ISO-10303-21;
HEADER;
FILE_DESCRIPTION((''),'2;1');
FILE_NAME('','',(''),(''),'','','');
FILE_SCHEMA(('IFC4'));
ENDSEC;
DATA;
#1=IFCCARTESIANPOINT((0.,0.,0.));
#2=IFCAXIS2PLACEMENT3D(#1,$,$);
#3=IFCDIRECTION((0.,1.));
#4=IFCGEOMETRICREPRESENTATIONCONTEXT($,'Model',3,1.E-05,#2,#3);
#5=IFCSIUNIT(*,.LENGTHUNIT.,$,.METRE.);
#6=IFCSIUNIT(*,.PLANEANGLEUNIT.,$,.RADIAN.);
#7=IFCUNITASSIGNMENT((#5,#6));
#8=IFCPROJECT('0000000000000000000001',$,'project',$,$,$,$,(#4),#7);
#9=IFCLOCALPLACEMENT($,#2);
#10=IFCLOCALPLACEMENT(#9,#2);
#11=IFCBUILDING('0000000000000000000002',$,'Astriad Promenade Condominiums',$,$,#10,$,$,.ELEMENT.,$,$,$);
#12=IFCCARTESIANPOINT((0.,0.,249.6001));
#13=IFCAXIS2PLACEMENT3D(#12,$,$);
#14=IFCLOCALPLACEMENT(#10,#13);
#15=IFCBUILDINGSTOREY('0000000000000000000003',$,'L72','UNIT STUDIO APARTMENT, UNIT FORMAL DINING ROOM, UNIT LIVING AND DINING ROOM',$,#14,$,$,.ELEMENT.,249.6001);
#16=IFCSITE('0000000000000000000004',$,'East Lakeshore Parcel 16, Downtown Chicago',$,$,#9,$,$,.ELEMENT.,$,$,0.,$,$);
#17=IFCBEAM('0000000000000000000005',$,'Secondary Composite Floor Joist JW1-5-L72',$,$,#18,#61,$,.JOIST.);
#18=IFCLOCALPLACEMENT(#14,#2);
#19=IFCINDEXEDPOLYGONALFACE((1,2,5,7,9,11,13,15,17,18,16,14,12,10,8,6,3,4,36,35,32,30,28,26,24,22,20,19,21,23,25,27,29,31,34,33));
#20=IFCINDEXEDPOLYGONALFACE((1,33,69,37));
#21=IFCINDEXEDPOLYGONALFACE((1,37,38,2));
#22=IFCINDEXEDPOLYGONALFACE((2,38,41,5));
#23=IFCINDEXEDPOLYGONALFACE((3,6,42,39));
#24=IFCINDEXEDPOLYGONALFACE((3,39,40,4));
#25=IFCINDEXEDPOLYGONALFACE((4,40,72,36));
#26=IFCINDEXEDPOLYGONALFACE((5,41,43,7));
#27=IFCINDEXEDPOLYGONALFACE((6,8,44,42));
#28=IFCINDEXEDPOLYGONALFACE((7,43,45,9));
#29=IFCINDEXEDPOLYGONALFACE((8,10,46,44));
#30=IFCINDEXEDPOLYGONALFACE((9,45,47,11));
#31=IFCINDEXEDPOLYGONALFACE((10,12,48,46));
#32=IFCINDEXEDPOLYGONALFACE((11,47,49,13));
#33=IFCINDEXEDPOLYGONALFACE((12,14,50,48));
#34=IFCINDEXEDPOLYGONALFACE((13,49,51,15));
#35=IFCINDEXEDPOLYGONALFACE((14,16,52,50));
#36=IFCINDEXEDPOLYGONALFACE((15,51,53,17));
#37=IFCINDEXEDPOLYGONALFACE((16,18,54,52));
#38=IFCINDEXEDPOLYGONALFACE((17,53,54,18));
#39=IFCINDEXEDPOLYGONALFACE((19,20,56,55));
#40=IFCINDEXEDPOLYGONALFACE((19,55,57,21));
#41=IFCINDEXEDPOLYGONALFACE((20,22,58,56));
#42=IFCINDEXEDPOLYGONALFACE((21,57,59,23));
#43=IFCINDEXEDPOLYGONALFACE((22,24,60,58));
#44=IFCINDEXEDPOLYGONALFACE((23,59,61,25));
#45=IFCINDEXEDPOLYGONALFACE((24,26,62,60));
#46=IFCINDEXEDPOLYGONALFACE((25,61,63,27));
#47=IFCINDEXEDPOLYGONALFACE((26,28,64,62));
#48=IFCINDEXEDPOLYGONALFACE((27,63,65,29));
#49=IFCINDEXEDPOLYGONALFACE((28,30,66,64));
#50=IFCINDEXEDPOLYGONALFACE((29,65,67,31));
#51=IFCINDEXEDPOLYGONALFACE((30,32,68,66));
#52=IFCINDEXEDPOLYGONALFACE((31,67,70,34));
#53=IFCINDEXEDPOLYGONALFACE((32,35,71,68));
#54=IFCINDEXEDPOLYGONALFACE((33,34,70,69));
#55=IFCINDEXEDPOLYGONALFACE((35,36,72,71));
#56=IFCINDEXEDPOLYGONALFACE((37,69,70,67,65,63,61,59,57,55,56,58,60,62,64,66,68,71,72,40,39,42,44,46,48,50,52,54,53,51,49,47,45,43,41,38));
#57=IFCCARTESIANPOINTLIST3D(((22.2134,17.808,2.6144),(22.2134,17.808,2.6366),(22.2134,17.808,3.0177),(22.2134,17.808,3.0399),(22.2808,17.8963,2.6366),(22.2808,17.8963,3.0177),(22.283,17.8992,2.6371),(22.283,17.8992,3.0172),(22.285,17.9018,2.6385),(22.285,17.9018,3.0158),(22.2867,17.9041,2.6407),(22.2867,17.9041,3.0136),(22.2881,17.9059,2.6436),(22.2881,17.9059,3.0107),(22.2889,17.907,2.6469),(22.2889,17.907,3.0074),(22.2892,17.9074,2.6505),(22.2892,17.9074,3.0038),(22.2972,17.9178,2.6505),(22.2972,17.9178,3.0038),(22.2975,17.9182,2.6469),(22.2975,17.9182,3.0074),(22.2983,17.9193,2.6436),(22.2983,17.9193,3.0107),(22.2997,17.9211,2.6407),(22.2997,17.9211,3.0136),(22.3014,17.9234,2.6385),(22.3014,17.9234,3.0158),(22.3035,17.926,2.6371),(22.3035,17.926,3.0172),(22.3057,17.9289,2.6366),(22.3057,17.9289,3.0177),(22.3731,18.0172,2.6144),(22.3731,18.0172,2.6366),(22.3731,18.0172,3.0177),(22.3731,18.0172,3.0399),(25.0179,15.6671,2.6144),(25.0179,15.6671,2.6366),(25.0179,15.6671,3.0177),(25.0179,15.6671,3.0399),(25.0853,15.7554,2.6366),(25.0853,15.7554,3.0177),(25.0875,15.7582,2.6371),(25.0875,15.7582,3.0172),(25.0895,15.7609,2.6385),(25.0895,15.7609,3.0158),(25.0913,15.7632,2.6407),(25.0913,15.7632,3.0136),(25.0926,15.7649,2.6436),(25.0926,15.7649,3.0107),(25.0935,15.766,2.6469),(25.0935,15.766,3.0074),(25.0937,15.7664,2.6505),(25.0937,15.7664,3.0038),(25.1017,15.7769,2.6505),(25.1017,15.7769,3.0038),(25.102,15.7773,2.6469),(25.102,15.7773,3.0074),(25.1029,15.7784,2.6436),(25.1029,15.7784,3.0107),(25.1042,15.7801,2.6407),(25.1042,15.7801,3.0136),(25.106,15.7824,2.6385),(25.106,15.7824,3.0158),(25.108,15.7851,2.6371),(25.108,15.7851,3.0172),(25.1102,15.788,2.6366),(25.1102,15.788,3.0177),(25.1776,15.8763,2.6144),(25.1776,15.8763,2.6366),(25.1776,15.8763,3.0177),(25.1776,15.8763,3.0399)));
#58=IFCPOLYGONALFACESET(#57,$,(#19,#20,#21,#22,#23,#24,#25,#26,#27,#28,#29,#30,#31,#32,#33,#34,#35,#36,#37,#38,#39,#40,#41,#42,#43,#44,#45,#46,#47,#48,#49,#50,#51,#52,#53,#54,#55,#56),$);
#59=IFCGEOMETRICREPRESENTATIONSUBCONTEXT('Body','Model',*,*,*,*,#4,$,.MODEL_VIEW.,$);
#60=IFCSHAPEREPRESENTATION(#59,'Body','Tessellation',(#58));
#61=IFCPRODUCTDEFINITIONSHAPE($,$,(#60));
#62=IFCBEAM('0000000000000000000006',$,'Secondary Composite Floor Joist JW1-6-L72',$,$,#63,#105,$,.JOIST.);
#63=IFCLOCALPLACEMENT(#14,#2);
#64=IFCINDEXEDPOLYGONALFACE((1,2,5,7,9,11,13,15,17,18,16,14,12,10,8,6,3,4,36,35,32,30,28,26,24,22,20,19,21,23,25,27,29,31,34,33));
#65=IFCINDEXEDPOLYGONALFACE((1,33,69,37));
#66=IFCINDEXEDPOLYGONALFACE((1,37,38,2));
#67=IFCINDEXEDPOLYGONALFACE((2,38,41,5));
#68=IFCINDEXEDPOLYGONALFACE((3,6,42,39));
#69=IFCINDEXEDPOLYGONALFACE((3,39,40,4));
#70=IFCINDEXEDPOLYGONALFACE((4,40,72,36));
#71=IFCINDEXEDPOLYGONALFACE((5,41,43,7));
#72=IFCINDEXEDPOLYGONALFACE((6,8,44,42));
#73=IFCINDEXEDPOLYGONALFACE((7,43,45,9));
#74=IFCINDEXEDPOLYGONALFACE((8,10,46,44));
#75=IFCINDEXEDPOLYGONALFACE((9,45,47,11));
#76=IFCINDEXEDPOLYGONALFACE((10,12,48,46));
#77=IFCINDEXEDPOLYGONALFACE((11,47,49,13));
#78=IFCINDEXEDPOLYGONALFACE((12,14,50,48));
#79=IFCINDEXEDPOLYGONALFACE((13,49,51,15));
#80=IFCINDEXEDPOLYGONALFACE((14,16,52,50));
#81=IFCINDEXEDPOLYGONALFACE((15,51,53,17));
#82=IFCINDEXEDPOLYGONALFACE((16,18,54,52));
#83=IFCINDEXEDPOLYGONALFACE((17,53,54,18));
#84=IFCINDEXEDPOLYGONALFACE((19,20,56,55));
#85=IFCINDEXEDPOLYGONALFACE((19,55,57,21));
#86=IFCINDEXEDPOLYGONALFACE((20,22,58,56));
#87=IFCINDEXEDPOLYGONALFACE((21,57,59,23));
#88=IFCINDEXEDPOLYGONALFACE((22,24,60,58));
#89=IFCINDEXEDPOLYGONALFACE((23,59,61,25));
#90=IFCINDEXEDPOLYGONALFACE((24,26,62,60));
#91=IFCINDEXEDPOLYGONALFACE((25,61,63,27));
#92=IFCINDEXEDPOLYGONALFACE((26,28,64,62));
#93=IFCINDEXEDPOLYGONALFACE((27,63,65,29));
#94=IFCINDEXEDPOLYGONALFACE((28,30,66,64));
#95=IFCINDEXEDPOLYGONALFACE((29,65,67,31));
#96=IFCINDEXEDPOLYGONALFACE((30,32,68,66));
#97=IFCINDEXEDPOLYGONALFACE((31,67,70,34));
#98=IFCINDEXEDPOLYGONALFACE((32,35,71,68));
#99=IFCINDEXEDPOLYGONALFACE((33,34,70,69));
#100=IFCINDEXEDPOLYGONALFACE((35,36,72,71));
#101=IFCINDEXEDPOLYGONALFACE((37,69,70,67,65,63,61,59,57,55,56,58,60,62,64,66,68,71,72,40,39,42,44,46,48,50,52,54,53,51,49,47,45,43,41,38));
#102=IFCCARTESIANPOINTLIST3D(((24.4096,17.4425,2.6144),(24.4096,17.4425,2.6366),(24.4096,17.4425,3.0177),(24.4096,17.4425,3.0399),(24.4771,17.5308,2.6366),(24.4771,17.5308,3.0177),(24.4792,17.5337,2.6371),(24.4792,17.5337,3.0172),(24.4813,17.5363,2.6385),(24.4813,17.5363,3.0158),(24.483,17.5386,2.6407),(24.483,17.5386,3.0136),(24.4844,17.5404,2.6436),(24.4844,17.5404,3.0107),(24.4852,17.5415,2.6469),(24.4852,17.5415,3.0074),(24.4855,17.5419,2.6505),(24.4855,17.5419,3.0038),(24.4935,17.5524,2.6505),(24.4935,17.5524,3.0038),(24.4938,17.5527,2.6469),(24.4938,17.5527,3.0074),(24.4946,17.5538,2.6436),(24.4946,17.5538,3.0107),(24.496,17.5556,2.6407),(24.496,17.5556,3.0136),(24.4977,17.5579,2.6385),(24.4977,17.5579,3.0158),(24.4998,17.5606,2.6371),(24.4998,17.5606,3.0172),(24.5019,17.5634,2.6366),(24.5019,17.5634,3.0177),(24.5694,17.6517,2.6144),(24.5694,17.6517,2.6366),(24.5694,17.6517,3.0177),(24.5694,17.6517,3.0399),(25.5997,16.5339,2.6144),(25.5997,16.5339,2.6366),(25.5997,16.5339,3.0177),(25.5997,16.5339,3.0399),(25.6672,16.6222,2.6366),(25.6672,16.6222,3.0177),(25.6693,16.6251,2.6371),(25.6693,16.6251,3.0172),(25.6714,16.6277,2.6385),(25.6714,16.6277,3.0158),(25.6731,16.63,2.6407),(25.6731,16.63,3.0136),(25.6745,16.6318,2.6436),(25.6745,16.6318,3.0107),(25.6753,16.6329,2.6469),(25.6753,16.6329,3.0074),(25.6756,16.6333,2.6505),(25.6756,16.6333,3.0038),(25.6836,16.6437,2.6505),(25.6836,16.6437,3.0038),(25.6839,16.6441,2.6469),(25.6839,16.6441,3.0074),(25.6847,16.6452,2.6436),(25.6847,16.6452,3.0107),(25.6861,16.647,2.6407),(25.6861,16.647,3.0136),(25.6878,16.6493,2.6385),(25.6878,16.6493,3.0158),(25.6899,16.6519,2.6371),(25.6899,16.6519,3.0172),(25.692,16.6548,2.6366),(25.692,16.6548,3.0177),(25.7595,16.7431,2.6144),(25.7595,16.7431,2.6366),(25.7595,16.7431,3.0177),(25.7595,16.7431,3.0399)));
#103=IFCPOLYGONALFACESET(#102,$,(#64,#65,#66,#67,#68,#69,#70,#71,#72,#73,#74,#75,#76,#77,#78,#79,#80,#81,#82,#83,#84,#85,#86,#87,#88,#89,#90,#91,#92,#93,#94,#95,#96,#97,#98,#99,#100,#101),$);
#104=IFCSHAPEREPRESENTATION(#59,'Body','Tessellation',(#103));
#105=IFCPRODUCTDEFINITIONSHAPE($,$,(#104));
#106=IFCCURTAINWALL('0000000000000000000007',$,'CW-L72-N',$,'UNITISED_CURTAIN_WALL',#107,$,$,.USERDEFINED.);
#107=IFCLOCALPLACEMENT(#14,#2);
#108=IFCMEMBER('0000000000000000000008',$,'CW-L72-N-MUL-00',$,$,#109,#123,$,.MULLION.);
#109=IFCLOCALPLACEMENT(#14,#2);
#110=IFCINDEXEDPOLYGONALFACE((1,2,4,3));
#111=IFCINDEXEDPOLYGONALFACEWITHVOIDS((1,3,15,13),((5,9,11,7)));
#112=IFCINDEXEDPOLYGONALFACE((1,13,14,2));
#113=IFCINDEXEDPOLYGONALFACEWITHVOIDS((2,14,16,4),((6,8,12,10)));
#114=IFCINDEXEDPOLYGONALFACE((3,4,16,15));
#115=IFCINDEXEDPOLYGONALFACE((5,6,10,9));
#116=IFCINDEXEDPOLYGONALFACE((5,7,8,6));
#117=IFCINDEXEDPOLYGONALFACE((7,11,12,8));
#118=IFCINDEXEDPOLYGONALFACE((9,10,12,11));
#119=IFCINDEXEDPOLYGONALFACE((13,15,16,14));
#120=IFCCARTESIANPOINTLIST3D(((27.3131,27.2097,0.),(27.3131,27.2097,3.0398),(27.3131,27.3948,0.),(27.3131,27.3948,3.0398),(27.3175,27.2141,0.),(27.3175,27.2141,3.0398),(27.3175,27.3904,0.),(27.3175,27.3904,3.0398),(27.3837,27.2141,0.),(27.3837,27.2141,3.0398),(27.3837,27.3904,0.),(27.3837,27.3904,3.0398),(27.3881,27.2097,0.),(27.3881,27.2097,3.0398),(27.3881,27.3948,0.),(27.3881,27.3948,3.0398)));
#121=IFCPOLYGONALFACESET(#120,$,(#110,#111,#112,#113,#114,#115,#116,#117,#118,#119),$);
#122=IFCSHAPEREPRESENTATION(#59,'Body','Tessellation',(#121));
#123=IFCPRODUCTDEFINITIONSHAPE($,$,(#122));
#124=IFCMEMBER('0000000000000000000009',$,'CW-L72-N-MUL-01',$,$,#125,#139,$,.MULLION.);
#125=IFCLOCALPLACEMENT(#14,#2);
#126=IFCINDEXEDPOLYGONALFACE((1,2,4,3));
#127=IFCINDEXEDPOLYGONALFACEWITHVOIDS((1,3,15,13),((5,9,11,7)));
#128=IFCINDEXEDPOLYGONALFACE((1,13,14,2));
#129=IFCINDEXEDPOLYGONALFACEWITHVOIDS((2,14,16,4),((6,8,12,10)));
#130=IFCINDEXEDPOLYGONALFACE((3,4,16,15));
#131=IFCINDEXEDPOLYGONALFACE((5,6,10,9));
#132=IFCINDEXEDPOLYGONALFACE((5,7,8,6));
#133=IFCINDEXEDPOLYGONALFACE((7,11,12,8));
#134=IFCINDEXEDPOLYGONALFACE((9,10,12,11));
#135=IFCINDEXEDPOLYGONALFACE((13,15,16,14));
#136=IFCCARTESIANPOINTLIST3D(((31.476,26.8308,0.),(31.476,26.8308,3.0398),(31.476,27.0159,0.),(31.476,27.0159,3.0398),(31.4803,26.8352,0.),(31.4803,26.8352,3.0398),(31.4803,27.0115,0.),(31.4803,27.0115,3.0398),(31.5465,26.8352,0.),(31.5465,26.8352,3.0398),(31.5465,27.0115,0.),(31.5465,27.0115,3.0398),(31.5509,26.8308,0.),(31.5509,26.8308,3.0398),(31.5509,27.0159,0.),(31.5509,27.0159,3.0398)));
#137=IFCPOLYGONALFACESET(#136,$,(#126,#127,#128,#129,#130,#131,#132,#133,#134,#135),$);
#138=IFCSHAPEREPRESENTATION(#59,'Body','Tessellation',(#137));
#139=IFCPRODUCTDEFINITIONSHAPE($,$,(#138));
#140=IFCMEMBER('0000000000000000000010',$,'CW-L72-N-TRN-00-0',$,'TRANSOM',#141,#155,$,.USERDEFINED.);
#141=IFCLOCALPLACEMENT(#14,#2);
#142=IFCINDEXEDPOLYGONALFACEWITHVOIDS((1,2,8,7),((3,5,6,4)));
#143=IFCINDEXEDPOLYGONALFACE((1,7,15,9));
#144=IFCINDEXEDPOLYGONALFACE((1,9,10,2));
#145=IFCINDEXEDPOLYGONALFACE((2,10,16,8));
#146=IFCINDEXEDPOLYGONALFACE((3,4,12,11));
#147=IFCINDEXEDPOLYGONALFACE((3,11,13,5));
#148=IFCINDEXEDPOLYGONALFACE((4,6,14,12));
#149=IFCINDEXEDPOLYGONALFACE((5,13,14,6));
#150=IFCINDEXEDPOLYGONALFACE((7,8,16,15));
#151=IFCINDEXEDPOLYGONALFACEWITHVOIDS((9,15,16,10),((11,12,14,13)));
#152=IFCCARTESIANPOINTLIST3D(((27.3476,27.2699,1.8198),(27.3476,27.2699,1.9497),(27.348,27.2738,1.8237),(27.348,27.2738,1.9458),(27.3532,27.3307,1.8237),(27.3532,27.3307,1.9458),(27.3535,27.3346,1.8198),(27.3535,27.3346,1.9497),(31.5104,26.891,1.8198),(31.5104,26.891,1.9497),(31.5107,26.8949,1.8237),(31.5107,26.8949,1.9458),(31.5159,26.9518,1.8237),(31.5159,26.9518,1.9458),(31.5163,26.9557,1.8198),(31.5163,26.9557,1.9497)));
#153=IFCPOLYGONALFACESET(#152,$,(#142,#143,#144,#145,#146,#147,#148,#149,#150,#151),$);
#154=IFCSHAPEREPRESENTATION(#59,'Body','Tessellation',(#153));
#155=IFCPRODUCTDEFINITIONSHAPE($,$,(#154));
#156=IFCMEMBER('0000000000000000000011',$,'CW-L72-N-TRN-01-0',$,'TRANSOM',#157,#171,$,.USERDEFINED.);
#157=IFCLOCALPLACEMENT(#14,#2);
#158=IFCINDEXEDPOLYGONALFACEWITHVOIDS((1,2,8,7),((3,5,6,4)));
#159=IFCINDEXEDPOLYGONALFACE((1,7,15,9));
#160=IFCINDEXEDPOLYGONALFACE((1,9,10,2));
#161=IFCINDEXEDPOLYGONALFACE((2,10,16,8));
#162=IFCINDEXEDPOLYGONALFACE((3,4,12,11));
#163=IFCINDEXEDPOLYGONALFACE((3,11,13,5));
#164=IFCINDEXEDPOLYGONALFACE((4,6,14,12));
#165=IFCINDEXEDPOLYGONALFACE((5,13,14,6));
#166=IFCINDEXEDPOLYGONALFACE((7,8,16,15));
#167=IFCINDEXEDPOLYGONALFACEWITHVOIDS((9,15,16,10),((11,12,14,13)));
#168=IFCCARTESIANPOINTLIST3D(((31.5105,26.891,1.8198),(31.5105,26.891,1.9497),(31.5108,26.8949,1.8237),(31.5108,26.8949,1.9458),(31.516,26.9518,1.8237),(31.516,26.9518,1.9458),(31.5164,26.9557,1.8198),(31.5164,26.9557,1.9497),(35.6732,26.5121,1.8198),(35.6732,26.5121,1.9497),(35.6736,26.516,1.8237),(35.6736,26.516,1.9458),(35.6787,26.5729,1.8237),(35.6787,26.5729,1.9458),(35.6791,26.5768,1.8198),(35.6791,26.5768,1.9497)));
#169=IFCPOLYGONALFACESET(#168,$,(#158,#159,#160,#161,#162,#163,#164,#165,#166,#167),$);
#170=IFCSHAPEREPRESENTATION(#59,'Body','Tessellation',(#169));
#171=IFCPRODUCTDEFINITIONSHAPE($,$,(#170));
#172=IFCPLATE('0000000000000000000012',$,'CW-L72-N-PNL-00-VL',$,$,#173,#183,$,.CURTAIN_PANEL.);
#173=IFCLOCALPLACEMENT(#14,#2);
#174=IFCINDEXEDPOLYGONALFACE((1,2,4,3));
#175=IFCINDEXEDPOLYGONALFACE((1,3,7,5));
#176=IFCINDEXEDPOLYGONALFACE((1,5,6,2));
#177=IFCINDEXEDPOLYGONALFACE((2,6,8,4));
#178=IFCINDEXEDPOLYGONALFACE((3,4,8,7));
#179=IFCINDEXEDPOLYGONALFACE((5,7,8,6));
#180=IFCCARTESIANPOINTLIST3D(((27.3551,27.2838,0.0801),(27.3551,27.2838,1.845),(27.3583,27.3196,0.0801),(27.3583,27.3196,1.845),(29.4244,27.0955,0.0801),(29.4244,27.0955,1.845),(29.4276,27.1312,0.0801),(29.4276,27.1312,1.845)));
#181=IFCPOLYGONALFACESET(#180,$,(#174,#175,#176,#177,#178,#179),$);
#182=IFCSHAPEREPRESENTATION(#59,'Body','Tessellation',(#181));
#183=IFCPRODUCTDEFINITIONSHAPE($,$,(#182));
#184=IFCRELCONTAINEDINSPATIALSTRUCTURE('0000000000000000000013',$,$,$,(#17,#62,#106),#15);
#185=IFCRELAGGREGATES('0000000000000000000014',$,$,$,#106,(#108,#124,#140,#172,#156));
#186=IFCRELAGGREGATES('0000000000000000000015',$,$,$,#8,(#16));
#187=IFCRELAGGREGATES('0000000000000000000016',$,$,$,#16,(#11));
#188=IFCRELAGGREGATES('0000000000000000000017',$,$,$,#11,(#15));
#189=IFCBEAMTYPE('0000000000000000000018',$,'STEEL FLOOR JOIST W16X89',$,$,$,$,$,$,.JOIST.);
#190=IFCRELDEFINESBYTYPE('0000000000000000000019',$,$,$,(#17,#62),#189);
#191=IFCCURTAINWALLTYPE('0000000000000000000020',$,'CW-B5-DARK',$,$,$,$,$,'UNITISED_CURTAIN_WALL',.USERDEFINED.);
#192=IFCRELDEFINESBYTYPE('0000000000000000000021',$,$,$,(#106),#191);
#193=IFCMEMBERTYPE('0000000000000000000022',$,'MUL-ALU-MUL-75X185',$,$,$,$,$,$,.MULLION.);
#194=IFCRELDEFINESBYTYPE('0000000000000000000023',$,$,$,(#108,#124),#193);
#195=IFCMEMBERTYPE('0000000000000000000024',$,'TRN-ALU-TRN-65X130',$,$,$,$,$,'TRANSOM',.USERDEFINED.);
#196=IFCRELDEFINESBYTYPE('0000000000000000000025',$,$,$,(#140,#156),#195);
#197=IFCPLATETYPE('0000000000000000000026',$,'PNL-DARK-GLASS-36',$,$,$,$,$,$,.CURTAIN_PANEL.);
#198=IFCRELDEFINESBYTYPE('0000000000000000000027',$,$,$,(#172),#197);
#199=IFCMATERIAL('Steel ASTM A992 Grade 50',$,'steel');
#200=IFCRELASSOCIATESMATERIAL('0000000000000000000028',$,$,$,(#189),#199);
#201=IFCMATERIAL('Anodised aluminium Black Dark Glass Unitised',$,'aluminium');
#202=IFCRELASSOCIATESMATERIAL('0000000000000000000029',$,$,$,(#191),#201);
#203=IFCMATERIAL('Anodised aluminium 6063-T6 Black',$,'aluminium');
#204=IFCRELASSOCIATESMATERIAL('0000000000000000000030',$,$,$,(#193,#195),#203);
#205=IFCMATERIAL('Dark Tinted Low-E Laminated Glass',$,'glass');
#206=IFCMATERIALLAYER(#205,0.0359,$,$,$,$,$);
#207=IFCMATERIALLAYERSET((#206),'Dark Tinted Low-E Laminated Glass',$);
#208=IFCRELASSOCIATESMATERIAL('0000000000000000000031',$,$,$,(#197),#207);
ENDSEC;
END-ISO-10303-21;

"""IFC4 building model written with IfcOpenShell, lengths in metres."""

from ifc_helpers import new_model, si_unit, direction, frame, origin, origin_2d, place, context, subcontext, project, spatial, rectangle, hollow_rectangle, i_section, extrude, source, transform, mapped, material, layer, layer_set, material_profile, profile_set, type_object, type_shapes, element, aggregate, save


model = new_model("IFC4")

# Units and contexts
model_context = context("Model", 3, precision=1e-05, world=origin(), true_north=direction((0.0, 1.0)))
body_context = subcontext(model_context, "Body", "Model", "MODEL_VIEW")
ifc_project = project(units=[si_unit("LENGTHUNIT", "METRE"), si_unit("PLANEANGLEUNIT", "RADIAN")], contexts=[model_context])

# Site, building, storey
site_placement = place(None, origin())
site = spatial("IfcSite", under=ifc_project, at=site_placement, Name="East Lakeshore Parcel 16, Downtown Chicago", CompositionType="ELEMENT", RefElevation=0.0)
building_placement = place(site_placement, origin())
building = spatial("IfcBuilding", under=site, at=building_placement, Name="Astriad Promenade Condominiums", CompositionType="ELEMENT")
storey_placement = place(building_placement, frame((0.0, 0.0, 249.6001)))
storey = spatial("IfcBuildingStorey", under=building, at=storey_placement, Name="L72", Description="UNIT STUDIO APARTMENT, UNIT FORMAL DINING ROOM, UNIT LIVING AND DINING ROOM", CompositionType="ELEMENT", Elevation=249.6001)

# Shared definitions
ifc_material_1 = material(Name="Steel ASTM A992 Grade 50", Category="steel")

# Beams
ifc_material_profile_1 = material_profile(ifc_material_1, i_section(OverallWidth=0.2632, OverallDepth=0.4255, WebThickness=0.0132, FlangeThickness=0.0222, FilletRadius=0.0139, at=origin_2d()), Name="W16X89")
ifc_profile_set_1 = profile_set([ifc_material_profile_1], Name="Steel ASTM A992 Grade 50")
beam_type_1 = type_object("IfcBeamType", Name="STEEL FLOOR JOIST W16X89", PredefinedType="JOIST", material=ifc_profile_set_1)
shared_shape_1 = source(origin(), body_context, "Body", "SweptSolid", [
    extrude(i_section(OverallWidth=0.2632, OverallDepth=0.4255, WebThickness=0.0132, FlangeThickness=0.0222, FilletRadius=0.0139, at=origin_2d()), origin(), (0.0, 0.0, 1.0), 3.5283),
])
beam_1_placement = place(storey_placement, frame((22.2932, 17.9126, 2.8271), z_axis=(0.794864, -0.606787, 0.0), x_axis=(0.606787, 0.794864, 0.0)))
element("IfcBeam", 1, at=beam_1_placement, inside=storey, type_object=beam_type_1, Name="Secondary Composite Floor Joist JW1-5-L72", PredefinedType="JOIST", context=body_context, shape_type="MappedRepresentation", body=[
    mapped(shared_shape_1, transform((0.0, 0.0, 0.0), scale=1.0)),
])
shared_shape_2 = source(origin(), body_context, "Body", "SweptSolid", [
    extrude(i_section(OverallWidth=0.2632, OverallDepth=0.4255, WebThickness=0.0132, FlangeThickness=0.0222, FilletRadius=0.0139, at=origin_2d()), origin(), (0.0, 0.0, 1.0), 1.4973),
])
type_shapes(beam_type_1, [shared_shape_1, shared_shape_2])
beam_2_placement = place(storey_placement, frame((24.4895, 17.5471, 2.8271), z_axis=(0.794825, -0.606839, 0.0), x_axis=(0.606839, 0.794825, 0.0)))
element("IfcBeam", 2, at=beam_2_placement, inside=storey, type_object=beam_type_1, Name="Secondary Composite Floor Joist JW1-6-L72", PredefinedType="JOIST", context=body_context, shape_type="MappedRepresentation", body=[
    mapped(shared_shape_2, transform((0.0, 0.0, 0.0), scale=1.0)),
])

# Curtain wall, members, plate
ifc_material_2 = material(Name="Anodised aluminium Black Dark Glass Unitised", Category="aluminium")
curtain_wall_type = type_object("IfcCurtainWallType", Name="CW-B5-DARK", ElementType="UNITISED_CURTAIN_WALL", PredefinedType="USERDEFINED", material=ifc_material_2)
curtain_wall_placement = place(storey_placement, origin())
curtain_wall = element("IfcCurtainWall", 3, at=curtain_wall_placement, inside=storey, type_object=curtain_wall_type, Name="CW-L72-N", ObjectType="UNITISED_CURTAIN_WALL", PredefinedType="USERDEFINED")
ifc_material_3 = material(Name="Anodised aluminium 6063-T6 Black", Category="aluminium")
ifc_material_profile_2 = material_profile(ifc_material_3, hollow_rectangle(XDim=0.075, YDim=0.1851, WallThickness=0.0044, at=origin_2d()), Name="ALU-MUL-75X185")
ifc_profile_set_2 = profile_set([ifc_material_profile_2], Name="Anodised aluminium 6063-T6 Black")
member_type_1 = type_object("IfcMemberType", Name="MUL-ALU-MUL-75X185", PredefinedType="MULLION", material=ifc_profile_set_2)
shared_shape_3 = source(origin(), body_context, "Body", "SweptSolid", [
    extrude(hollow_rectangle(XDim=0.075, YDim=0.1851, WallThickness=0.0044, at=origin_2d()), origin(), (0.0, 0.0, 1.0), 3.0398),
])
type_shapes(member_type_1, [shared_shape_3])
member_1_placement = place(storey_placement, frame((27.3506, 27.3022, 0.0), z_axis=(0.0, 0.0, 1.0), x_axis=(1.0, 0.0, 0.0)))
member_1 = element("IfcMember", 4, at=member_1_placement, type_object=member_type_1, Name="CW-L72-N-MUL-00", PredefinedType="MULLION", context=body_context, shape_type="MappedRepresentation", body=[
    mapped(shared_shape_3, transform((0.0, 0.0, 0.0), scale=1.0)),
])
member_2_placement = place(storey_placement, frame((31.5134, 26.9233, 0.0), z_axis=(0.0, 0.0, 1.0), x_axis=(1.0, 0.0, 0.0)))
member_2 = element("IfcMember", 5, at=member_2_placement, type_object=member_type_1, Name="CW-L72-N-MUL-01", PredefinedType="MULLION", context=body_context, shape_type="MappedRepresentation", body=[
    mapped(shared_shape_3, transform((0.0, 0.0, 0.0), scale=1.0)),
])
ifc_material_profile_3 = material_profile(ifc_material_3, hollow_rectangle(XDim=0.0649, YDim=0.1299, WallThickness=0.0039, at=origin_2d()), Name="ALU-TRN-65X130")
ifc_profile_set_3 = profile_set([ifc_material_profile_3], Name="Anodised aluminium 6063-T6 Black")
member_type_2 = type_object("IfcMemberType", Name="TRN-ALU-TRN-65X130", ElementType="TRANSOM", PredefinedType="USERDEFINED", material=ifc_profile_set_3)
shared_shape_4 = source(origin(), body_context, "Body", "SweptSolid", [
    extrude(hollow_rectangle(XDim=0.0649, YDim=0.1299, WallThickness=0.0039, at=origin_2d()), origin(), (0.0, 0.0, 1.0), 4.1799),
])
type_shapes(member_type_2, [shared_shape_4])
member_3_placement = place(storey_placement, frame((27.3506, 27.3022, 1.8848), z_axis=(0.995883, -0.090646, 0.0), x_axis=(0.090646, 0.995883, 0.0)))
member_3 = element("IfcMember", 6, at=member_3_placement, type_object=member_type_2, Name="CW-L72-N-TRN-00-0", ObjectType="TRANSOM", PredefinedType="USERDEFINED", context=body_context, shape_type="MappedRepresentation", body=[
    mapped(shared_shape_4, transform((0.0, 0.0, 0.0), scale=1.0)),
])
member_4_placement = place(storey_placement, frame((31.5134, 26.9233, 1.8848), z_axis=(0.995883, -0.090646, 0.0), x_axis=(0.090646, 0.995883, 0.0)))
member_4 = element("IfcMember", 7, at=member_4_placement, type_object=member_type_2, Name="CW-L72-N-TRN-01-0", ObjectType="TRANSOM", PredefinedType="USERDEFINED", context=body_context, shape_type="MappedRepresentation", body=[
    mapped(shared_shape_4, transform((0.0, 0.0, 0.0), scale=1.0)),
])
ifc_material_4 = material(Name="Dark Tinted Low-E Laminated Glass", Category="glass")
ifc_layer_1 = layer(ifc_material_4, 0.0359)
ifc_layer_set_1 = layer_set([ifc_layer_1], Name="Dark Tinted Low-E Laminated Glass")
plate_type = type_object("IfcPlateType", Name="PNL-DARK-GLASS-36", PredefinedType="CURTAIN_PANEL", material=ifc_layer_set_1)
shared_shape_5 = source(origin(), body_context, "Body", "SweptSolid", [
    extrude(rectangle(XDim=2.0779, YDim=0.0359, at=origin_2d()), origin(), (0.0, 0.0, 1.0), 1.7649),
])
plate_1_placement = place(storey_placement, frame((28.3914, 27.2075, 0.0801), z_axis=(0.0, 0.0, 1.0), x_axis=(0.995884, -0.090633, 0.0)))
plate_1 = element("IfcPlate", 8, at=plate_1_placement, type_object=plate_type, Name="CW-L72-N-PNL-00-VL", PredefinedType="CURTAIN_PANEL", context=body_context, shape_type="MappedRepresentation", body=[
    mapped(shared_shape_5, transform((0.0, 0.0, 0.0), scale=1.0)),
])
aggregate(curtain_wall, [member_1, member_2, member_3, plate_1, member_4])

save(model, "model.ifc")
